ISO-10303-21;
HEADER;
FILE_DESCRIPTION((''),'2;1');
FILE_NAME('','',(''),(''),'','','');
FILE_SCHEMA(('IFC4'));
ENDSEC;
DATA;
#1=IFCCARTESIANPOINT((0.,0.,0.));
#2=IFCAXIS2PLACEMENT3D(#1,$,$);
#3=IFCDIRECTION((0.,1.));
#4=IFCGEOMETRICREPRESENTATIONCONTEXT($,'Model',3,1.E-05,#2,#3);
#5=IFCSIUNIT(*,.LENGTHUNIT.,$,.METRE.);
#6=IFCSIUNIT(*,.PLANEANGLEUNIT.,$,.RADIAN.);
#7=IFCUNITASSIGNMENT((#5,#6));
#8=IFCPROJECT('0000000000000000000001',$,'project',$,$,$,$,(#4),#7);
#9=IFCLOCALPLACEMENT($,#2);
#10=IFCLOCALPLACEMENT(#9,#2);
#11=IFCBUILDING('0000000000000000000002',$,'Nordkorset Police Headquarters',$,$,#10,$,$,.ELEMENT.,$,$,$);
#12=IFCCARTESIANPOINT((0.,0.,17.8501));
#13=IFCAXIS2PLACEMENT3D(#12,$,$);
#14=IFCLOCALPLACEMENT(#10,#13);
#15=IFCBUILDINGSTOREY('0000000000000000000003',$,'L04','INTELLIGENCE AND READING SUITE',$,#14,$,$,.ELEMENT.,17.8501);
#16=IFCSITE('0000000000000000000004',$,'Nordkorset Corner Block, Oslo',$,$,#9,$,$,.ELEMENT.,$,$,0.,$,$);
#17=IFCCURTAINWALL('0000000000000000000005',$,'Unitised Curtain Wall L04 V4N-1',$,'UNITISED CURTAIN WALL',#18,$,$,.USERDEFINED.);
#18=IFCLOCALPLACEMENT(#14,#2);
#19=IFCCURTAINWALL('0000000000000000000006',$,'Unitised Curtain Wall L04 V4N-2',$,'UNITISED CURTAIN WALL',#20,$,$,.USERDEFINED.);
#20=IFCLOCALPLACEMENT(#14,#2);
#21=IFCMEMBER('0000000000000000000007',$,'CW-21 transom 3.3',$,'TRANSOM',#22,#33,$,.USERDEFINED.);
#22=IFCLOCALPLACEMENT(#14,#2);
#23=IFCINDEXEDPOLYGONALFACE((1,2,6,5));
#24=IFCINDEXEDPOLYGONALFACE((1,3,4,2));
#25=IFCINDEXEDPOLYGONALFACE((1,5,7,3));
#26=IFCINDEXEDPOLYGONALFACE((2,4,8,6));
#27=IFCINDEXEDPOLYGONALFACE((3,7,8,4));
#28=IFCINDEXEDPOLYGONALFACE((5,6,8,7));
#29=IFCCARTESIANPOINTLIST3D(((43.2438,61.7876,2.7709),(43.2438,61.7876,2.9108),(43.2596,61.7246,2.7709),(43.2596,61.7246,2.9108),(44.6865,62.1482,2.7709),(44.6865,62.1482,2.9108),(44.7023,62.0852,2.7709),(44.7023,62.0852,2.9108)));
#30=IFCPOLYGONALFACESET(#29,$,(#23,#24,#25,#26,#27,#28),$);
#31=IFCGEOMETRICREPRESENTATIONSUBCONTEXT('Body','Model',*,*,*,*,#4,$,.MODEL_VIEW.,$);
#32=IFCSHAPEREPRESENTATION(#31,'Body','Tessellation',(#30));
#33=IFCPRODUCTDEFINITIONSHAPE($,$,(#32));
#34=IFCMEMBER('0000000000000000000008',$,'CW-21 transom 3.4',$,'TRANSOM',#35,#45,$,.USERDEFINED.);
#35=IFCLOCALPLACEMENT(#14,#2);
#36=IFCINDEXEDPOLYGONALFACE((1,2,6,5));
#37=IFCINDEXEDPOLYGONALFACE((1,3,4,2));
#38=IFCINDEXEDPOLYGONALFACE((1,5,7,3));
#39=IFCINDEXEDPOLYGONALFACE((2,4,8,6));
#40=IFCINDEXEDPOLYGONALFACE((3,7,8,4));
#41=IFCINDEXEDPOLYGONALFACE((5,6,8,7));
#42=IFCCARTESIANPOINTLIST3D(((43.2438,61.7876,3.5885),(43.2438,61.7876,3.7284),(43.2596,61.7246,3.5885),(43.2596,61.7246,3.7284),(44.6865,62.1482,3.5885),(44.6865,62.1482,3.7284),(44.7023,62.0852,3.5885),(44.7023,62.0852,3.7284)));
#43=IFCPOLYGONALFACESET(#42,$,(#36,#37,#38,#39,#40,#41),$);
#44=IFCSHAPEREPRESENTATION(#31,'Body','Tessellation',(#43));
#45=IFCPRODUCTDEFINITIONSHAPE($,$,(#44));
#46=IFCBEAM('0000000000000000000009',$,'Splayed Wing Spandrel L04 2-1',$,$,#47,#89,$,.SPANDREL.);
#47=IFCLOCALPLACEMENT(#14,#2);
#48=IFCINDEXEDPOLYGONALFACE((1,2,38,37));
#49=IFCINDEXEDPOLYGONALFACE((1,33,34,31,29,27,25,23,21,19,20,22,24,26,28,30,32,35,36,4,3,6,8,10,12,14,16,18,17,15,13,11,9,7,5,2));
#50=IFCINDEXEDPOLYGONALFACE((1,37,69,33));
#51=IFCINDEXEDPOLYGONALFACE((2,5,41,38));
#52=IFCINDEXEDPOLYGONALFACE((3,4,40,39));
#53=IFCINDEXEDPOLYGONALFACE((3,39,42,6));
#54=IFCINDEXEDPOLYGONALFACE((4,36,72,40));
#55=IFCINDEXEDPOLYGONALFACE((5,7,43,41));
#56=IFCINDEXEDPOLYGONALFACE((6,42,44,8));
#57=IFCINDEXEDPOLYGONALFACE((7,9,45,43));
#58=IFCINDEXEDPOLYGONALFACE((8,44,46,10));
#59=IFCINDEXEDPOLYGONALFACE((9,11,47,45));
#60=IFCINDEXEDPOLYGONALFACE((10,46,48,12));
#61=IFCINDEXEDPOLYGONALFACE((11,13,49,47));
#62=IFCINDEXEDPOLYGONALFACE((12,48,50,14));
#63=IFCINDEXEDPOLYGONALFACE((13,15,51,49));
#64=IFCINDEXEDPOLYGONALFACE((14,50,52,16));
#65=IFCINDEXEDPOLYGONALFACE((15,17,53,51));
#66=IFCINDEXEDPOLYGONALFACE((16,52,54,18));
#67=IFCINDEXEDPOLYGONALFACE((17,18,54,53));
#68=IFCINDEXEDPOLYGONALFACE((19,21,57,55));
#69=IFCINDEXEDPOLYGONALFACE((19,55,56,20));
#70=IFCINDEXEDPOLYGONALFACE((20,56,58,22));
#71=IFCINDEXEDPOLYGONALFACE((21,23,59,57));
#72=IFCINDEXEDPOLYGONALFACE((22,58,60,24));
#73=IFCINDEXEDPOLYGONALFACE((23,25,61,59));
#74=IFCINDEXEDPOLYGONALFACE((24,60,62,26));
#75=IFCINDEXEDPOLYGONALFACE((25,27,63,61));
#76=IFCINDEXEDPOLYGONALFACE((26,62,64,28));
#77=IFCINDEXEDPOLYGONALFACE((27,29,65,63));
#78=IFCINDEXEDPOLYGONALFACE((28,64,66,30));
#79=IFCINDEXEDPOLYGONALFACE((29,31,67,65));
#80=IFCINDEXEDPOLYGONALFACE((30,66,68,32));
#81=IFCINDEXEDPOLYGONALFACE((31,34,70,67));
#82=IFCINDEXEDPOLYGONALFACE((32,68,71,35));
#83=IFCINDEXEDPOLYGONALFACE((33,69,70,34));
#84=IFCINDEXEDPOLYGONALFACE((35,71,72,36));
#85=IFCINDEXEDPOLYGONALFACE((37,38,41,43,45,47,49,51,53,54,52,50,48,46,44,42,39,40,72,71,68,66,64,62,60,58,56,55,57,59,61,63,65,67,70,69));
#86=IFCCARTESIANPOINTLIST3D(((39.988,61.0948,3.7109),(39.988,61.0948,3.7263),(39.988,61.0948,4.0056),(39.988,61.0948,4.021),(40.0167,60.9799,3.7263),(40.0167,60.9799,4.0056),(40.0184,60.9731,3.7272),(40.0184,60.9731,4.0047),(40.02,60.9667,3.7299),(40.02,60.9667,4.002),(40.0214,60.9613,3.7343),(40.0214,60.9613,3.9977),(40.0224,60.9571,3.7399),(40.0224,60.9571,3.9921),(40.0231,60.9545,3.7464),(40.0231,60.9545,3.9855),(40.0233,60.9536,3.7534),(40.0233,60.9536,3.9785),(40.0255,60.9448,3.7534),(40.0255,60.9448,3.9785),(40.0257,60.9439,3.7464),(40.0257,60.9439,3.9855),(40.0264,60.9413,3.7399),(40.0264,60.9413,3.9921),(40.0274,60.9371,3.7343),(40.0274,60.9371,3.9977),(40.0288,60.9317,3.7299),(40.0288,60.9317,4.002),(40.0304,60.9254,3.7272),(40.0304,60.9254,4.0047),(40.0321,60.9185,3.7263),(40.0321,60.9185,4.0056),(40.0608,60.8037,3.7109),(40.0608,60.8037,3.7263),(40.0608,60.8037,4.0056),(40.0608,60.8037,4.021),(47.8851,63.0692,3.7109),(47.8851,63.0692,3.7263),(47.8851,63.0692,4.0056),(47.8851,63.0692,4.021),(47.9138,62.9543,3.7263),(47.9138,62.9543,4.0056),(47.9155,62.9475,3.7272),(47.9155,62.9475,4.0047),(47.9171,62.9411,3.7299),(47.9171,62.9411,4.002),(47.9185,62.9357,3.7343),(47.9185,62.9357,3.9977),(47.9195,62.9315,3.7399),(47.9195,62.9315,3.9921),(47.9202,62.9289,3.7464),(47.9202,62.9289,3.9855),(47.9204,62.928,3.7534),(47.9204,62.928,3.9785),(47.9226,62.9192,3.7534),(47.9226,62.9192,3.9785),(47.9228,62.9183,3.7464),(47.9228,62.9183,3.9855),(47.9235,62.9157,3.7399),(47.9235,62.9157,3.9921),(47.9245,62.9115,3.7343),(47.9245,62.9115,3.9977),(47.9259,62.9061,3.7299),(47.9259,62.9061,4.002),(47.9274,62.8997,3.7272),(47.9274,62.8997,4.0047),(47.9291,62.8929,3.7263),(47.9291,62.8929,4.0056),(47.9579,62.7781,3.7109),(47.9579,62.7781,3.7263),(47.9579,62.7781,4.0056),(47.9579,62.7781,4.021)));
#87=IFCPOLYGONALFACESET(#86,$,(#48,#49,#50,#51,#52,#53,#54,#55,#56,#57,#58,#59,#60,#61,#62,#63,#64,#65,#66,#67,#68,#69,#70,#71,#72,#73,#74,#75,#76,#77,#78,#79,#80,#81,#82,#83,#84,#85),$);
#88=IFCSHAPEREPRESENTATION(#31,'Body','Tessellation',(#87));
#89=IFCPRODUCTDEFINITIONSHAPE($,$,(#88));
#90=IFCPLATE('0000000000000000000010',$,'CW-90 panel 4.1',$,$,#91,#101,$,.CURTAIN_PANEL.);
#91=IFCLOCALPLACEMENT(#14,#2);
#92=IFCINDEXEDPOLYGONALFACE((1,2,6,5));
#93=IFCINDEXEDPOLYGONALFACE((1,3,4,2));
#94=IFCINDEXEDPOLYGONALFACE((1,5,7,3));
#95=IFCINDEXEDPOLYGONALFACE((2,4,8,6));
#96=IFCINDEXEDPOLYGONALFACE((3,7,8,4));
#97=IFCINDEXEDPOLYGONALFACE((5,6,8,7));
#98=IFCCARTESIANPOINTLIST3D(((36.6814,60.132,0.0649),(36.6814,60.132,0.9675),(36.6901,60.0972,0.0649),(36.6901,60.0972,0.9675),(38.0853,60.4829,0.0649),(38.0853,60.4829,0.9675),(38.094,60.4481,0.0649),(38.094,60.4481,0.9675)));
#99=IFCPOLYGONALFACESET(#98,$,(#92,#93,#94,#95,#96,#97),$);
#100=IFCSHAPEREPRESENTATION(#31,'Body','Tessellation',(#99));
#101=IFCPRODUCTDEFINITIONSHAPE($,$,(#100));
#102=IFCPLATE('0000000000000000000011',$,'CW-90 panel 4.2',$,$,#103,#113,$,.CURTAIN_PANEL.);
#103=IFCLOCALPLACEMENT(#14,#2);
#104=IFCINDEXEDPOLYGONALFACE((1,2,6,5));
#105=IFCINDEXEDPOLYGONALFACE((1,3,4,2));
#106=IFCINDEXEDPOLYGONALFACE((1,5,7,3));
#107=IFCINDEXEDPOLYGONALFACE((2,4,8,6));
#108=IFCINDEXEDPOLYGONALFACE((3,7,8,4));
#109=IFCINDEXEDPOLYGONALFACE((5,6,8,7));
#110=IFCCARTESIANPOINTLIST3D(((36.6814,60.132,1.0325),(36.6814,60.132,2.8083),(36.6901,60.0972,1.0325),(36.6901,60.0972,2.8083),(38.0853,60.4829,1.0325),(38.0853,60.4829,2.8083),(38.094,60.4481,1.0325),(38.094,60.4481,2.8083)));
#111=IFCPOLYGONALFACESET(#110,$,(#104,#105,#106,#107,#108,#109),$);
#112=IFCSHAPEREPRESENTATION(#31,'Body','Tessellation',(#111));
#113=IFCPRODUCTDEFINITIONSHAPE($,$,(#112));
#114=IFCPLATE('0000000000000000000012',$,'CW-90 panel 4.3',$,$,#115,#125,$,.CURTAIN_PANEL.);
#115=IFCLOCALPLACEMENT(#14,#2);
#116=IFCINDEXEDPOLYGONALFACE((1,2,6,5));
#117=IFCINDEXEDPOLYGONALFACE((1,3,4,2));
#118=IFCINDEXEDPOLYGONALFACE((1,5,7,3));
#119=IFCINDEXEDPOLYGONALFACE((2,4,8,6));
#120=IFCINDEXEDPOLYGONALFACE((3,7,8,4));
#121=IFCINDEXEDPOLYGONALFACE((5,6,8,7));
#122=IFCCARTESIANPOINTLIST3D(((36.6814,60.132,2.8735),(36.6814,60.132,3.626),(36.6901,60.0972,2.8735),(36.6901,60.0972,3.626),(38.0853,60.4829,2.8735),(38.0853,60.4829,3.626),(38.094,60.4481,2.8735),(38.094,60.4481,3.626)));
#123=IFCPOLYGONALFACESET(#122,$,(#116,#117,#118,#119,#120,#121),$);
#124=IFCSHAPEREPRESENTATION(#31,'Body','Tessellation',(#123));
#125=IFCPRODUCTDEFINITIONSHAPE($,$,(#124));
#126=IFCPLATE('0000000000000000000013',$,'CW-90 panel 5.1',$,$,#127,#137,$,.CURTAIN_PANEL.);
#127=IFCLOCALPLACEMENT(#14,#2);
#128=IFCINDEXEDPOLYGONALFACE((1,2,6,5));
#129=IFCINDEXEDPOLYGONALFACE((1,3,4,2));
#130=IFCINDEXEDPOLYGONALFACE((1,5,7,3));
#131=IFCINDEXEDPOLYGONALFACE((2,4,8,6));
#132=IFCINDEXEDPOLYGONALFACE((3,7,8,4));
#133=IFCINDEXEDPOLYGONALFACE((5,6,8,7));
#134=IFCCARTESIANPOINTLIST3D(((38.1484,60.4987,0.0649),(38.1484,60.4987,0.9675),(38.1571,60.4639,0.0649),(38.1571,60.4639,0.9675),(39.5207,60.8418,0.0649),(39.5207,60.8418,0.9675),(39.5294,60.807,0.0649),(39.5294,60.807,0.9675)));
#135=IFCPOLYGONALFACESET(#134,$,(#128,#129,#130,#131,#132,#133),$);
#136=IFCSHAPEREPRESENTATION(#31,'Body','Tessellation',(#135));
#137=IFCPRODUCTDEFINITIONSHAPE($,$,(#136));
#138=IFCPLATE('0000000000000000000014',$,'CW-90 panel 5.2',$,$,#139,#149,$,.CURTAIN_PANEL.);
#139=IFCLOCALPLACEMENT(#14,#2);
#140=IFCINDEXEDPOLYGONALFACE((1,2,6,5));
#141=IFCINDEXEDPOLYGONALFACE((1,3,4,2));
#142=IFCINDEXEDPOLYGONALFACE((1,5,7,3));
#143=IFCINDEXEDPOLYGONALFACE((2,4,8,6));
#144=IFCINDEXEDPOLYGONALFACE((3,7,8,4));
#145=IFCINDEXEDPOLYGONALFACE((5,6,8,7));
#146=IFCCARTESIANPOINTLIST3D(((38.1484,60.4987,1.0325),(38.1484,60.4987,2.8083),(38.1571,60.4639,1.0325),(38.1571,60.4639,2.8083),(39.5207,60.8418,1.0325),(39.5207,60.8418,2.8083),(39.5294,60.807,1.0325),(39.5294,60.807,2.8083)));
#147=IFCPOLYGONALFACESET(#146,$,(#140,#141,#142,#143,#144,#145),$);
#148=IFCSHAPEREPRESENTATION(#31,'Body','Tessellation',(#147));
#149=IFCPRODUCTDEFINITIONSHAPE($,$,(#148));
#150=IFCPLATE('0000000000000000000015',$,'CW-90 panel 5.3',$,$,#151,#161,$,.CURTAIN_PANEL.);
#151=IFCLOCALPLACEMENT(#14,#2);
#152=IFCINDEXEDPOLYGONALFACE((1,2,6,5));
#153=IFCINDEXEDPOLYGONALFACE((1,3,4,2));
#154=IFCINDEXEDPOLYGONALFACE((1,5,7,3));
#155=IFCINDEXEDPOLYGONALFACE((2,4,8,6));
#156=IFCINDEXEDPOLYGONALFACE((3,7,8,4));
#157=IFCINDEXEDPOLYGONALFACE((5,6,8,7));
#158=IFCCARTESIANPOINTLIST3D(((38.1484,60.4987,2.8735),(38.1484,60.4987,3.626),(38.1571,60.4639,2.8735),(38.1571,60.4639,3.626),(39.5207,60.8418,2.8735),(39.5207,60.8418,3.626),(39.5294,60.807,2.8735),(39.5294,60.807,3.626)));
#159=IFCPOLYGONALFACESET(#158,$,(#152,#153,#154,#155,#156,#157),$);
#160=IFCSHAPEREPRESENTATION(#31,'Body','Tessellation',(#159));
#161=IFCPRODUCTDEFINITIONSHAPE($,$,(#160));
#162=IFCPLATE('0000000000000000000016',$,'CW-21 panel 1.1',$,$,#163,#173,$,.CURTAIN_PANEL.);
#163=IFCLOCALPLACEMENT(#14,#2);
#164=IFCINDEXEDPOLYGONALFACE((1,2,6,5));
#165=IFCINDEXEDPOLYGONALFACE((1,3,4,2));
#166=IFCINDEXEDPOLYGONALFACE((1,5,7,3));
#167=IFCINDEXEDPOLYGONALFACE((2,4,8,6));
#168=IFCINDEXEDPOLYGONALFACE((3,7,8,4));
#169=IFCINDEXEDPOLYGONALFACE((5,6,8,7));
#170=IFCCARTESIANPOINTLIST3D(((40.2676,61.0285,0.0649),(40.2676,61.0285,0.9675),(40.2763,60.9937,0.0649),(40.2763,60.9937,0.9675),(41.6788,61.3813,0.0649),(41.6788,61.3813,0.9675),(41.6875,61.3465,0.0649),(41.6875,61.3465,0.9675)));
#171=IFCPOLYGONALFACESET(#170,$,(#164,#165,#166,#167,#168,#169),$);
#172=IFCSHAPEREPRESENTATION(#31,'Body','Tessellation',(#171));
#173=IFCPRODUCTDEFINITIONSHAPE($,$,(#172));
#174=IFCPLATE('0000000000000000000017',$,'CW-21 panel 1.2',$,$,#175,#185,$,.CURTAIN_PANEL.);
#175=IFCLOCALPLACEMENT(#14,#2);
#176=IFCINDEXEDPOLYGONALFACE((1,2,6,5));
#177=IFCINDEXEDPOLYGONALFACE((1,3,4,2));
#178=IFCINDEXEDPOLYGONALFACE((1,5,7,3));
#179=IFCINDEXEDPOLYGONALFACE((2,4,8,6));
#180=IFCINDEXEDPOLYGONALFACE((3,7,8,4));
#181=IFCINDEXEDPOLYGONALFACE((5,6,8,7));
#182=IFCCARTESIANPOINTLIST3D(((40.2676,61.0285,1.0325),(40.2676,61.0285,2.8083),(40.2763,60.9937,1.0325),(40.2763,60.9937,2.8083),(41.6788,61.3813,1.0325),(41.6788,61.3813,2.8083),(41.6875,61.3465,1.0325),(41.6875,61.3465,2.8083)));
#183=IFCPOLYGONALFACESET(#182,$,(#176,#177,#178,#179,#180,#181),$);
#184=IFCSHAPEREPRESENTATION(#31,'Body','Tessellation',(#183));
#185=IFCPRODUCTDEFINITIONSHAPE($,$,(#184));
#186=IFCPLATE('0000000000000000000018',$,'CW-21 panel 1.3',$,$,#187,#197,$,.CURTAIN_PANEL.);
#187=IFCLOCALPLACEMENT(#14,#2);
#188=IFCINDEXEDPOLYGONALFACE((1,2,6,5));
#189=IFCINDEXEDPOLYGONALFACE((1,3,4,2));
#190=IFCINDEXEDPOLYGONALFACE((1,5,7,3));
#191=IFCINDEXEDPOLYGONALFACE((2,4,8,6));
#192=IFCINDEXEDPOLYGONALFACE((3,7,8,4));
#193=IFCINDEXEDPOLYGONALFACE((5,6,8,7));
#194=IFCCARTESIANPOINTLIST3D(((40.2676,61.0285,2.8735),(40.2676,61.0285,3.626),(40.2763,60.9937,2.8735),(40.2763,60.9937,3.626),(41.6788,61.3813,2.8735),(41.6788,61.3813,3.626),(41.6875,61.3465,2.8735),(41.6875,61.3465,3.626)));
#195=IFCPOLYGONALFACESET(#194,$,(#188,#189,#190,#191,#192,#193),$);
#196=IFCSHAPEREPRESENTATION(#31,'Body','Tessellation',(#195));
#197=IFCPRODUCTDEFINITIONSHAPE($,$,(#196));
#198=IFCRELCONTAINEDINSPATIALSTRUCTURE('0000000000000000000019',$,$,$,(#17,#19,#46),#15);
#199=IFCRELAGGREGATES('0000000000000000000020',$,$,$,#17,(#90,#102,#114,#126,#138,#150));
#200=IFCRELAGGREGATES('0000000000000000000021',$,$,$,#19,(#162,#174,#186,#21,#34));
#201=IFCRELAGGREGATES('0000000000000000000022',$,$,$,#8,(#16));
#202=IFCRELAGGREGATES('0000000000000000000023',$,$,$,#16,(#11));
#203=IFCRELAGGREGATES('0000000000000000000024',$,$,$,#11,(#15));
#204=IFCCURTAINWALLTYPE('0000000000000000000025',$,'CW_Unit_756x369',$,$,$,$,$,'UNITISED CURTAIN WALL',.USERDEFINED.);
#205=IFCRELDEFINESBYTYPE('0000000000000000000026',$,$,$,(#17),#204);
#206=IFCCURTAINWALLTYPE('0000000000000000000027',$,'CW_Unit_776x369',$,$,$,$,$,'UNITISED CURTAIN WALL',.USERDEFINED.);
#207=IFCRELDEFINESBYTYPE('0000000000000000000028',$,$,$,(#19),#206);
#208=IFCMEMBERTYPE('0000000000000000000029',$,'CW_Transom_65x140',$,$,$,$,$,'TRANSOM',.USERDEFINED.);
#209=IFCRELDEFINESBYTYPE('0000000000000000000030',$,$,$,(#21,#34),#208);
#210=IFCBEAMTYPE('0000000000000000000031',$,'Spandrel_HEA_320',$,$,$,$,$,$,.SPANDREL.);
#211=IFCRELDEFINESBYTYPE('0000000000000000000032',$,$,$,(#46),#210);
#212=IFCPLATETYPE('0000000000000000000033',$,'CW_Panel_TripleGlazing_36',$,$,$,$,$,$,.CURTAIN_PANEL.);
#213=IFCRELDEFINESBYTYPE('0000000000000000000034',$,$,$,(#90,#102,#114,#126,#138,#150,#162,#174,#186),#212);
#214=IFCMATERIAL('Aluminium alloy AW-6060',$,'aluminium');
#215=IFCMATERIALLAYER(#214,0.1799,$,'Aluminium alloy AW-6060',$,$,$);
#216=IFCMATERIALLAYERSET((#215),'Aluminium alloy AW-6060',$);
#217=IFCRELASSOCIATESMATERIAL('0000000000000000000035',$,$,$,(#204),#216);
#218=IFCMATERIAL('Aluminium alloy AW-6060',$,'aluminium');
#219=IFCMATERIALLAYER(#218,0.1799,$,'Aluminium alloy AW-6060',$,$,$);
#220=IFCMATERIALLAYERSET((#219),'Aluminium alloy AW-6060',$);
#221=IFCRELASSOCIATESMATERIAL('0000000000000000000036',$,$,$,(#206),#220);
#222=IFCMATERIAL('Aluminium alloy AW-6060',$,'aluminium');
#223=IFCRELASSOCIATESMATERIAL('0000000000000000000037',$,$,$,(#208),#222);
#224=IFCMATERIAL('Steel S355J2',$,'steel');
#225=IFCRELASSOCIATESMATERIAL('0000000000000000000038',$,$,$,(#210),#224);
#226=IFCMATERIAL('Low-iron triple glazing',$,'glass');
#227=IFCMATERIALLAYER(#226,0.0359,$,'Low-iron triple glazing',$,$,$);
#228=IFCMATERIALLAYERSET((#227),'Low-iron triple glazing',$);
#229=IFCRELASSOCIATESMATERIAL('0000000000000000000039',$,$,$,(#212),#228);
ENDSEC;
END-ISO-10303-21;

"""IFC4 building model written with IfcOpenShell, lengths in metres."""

from ifc_helpers import new_model, si_unit, direction, frame, origin, origin_2d, place, context, subcontext, project, spatial, rectangle, i_section, extrude, material, layer, layer_set, material_profile, profile_set, type_object, element, aggregate, save


model = new_model("IFC4")

# Units and contexts
model_context = context("Model", 3, precision=1e-05, world=origin(), true_north=direction((0.0, 1.0)))
body_context = subcontext(model_context, "Body", "Model", "MODEL_VIEW")
ifc_project = project(units=[si_unit("LENGTHUNIT", "METRE"), si_unit("PLANEANGLEUNIT", "RADIAN")], contexts=[model_context])

# Site, building, storey
site_placement = place(None, origin())
site = spatial("IfcSite", under=ifc_project, at=site_placement, Name="Nordkorset Corner Block, Oslo", CompositionType="ELEMENT", RefElevation=0.0)
building_placement = place(site_placement, origin())
building = spatial("IfcBuilding", under=site, at=building_placement, Name="Nordkorset Police Headquarters", CompositionType="ELEMENT")
storey_placement = place(building_placement, frame((0.0, 0.0, 17.8501)))
storey = spatial("IfcBuildingStorey", under=building, at=storey_placement, Name="L04", Description="INTELLIGENCE AND READING SUITE", CompositionType="ELEMENT", Elevation=17.8501)

# Curtain walls
ifc_material_1 = material(Name="Aluminium alloy AW-6060", Category="aluminium")
ifc_layer_1 = layer(ifc_material_1, 0.1799, Name="Aluminium alloy AW-6060")
ifc_layer_set_1 = layer_set([ifc_layer_1], Name="Aluminium alloy AW-6060")
curtain_wall_type_1 = type_object("IfcCurtainWallType", Name="CW_Unit_756x369", ElementType="UNITISED CURTAIN WALL", PredefinedType="USERDEFINED", material=ifc_layer_set_1)
curtain_wall_1_placement = place(storey_placement, origin())
curtain_wall_1 = element("IfcCurtainWall", 1, at=curtain_wall_1_placement, inside=storey, type_object=curtain_wall_type_1, Name="Unitised Curtain Wall L04 V4N-1", ObjectType="UNITISED CURTAIN WALL", PredefinedType="USERDEFINED")
ifc_material_2 = material(Name="Aluminium alloy AW-6060", Category="aluminium")
ifc_layer_2 = layer(ifc_material_2, 0.1799, Name="Aluminium alloy AW-6060")
ifc_layer_set_2 = layer_set([ifc_layer_2], Name="Aluminium alloy AW-6060")
curtain_wall_type_2 = type_object("IfcCurtainWallType", Name="CW_Unit_776x369", ElementType="UNITISED CURTAIN WALL", PredefinedType="USERDEFINED", material=ifc_layer_set_2)
curtain_wall_2_placement = place(storey_placement, origin())
curtain_wall_2 = element("IfcCurtainWall", 2, at=curtain_wall_2_placement, inside=storey, type_object=curtain_wall_type_2, Name="Unitised Curtain Wall L04 V4N-2", ObjectType="UNITISED CURTAIN WALL", PredefinedType="USERDEFINED")

# Members
ifc_material_3 = material(Name="Aluminium alloy AW-6060", Category="aluminium")
ifc_material_profile_1 = material_profile(ifc_material_3, rectangle(XDim=0.0649, YDim=0.1399, at=origin_2d()), Name="ALU TRAN 65x140")
ifc_profile_set_1 = profile_set([ifc_material_profile_1], Name="Aluminium alloy AW-6060")
member_type_1 = type_object("IfcMemberType", Name="CW_Transom_65x140", ElementType="TRANSOM", PredefinedType="USERDEFINED", material=ifc_profile_set_1)
member_1_placement = place(storey_placement, frame((43.2517, 61.7561, 2.8408), z_axis=(0.970152, 0.242497, 0.0), x_axis=(-0.242497, 0.970152, 0.0)))
member_1 = element("IfcMember", 3, at=member_1_placement, type_object=member_type_1, Name="CW-21 transom 3.3", ObjectType="TRANSOM", PredefinedType="USERDEFINED", context=body_context, shape_type="SweptSolid", body=[
    extrude(rectangle(XDim=0.0649, YDim=0.1399, at=origin_2d()), origin(), (0.0, 0.0, 1.0), 1.4871),
])
member_2_placement = place(storey_placement, frame((43.2517, 61.7561, 3.6584), z_axis=(0.970152, 0.242497, 0.0), x_axis=(-0.242497, 0.970152, 0.0)))
member_2 = element("IfcMember", 4, at=member_2_placement, type_object=member_type_1, Name="CW-21 transom 3.4", ObjectType="TRANSOM", PredefinedType="USERDEFINED", context=body_context, shape_type="SweptSolid", body=[
    extrude(rectangle(XDim=0.0649, YDim=0.1399, at=origin_2d()), origin(), (0.0, 0.0, 1.0), 1.4871),
])

# Beam
ifc_material_4 = material(Name="Steel S355J2", Category="steel")
ifc_material_profile_2 = material_profile(ifc_material_4, i_section(OverallWidth=0.3, OverallDepth=0.3101, WebThickness=0.009, FlangeThickness=0.0154, FilletRadius=0.0271, at=origin_2d()), Name="HEA 320")
ifc_profile_set_2 = profile_set([ifc_material_profile_2], Name="Steel S355J2")
beam_type = type_object("IfcBeamType", Name="Spandrel_HEA_320", PredefinedType="SPANDREL", material=ifc_profile_set_2)
beam_placement = place(storey_placement, frame((40.0244, 60.9492, 3.866), z_axis=(0.970139, 0.24255, 0.0), x_axis=(-0.24255, 0.970139, 0.0)))
element("IfcBeam", 5, at=beam_placement, inside=storey, type_object=beam_type, Name="Splayed Wing Spandrel L04 2-1", PredefinedType="SPANDREL", context=body_context, shape_type="SweptSolid", body=[
    extrude(i_section(OverallWidth=0.3, OverallDepth=0.3101, WebThickness=0.009, FlangeThickness=0.0154, FilletRadius=0.0271, at=origin_2d()), origin(), (0.0, 0.0, 1.0), 8.1401),
])

# Plates
ifc_material_5 = material(Name="Low-iron triple glazing", Category="glass")
ifc_layer_3 = layer(ifc_material_5, 0.0359, Name="Low-iron triple glazing")
ifc_layer_set_3 = layer_set([ifc_layer_3], Name="Low-iron triple glazing")
plate_type = type_object("IfcPlateType", Name="CW_Panel_TripleGlazing_36", PredefinedType="CURTAIN_PANEL", material=ifc_layer_set_3)
plate_1_placement = place(storey_placement, frame((37.3877, 60.29, 0.0649), z_axis=(0.0, 0.0, 1.0), x_axis=(0.970143, 0.242536, 0.0)))
plate_1 = element("IfcPlate", 6, at=plate_1_placement, type_object=plate_type, Name="CW-90 panel 4.1", PredefinedType="CURTAIN_PANEL", context=body_context, shape_type="SweptSolid", body=[
    extrude(rectangle(XDim=1.447, YDim=0.0359, at=origin_2d()), origin(), (0.0, 0.0, 1.0), 0.9026),
])
plate_2_placement = place(storey_placement, frame((37.3877, 60.29, 1.0325), z_axis=(0.0, 0.0, 1.0), x_axis=(0.970143, 0.242536, 0.0)))
plate_2 = element("IfcPlate", 7, at=plate_2_placement, type_object=plate_type, Name="CW-90 panel 4.2", PredefinedType="CURTAIN_PANEL", context=body_context, shape_type="SweptSolid", body=[
    extrude(rectangle(XDim=1.447, YDim=0.0359, at=origin_2d()), origin(), (0.0, 0.0, 1.0), 1.7759),
])
plate_3_placement = place(storey_placement, frame((37.3877, 60.29, 2.8735), z_axis=(0.0, 0.0, 1.0), x_axis=(0.970143, 0.242536, 0.0)))
plate_3 = element("IfcPlate", 8, at=plate_3_placement, type_object=plate_type, Name="CW-90 panel 4.3", PredefinedType="CURTAIN_PANEL", context=body_context, shape_type="SweptSolid", body=[
    extrude(rectangle(XDim=1.447, YDim=0.0359, at=origin_2d()), origin(), (0.0, 0.0, 1.0), 0.7524),
])
plate_4_placement = place(storey_placement, frame((38.8389, 60.6528, 0.0649), z_axis=(0.0, 0.0, 1.0), x_axis=(0.970143, 0.242536, 0.0)))
plate_4 = element("IfcPlate", 9, at=plate_4_placement, type_object=plate_type, Name="CW-90 panel 5.1", PredefinedType="CURTAIN_PANEL", context=body_context, shape_type="SweptSolid", body=[
    extrude(rectangle(XDim=1.4146, YDim=0.0359, at=origin_2d()), origin(), (0.0, 0.0, 1.0), 0.9026),
])
plate_5_placement = place(storey_placement, frame((38.8389, 60.6528, 1.0325), z_axis=(0.0, 0.0, 1.0), x_axis=(0.970143, 0.242536, 0.0)))
plate_5 = element("IfcPlate", 10, at=plate_5_placement, type_object=plate_type, Name="CW-90 panel 5.2", PredefinedType="CURTAIN_PANEL", context=body_context, shape_type="SweptSolid", body=[
    extrude(rectangle(XDim=1.4146, YDim=0.0359, at=origin_2d()), origin(), (0.0, 0.0, 1.0), 1.7759),
])
plate_6_placement = place(storey_placement, frame((38.8389, 60.6528, 2.8735), z_axis=(0.0, 0.0, 1.0), x_axis=(0.970143, 0.242536, 0.0)))
plate_6 = element("IfcPlate", 11, at=plate_6_placement, type_object=plate_type, Name="CW-90 panel 5.3", PredefinedType="CURTAIN_PANEL", context=body_context, shape_type="SweptSolid", body=[
    extrude(rectangle(XDim=1.4146, YDim=0.0359, at=origin_2d()), origin(), (0.0, 0.0, 1.0), 0.7524),
])
aggregate(curtain_wall_1, [plate_1, plate_2, plate_3, plate_4, plate_5, plate_6])
plate_7_placement = place(storey_placement, frame((40.9775, 61.1875, 0.0649), z_axis=(0.0, 0.0, 1.0), x_axis=(0.970142, 0.242536, 0.0)))
plate_7 = element("IfcPlate", 12, at=plate_7_placement, type_object=plate_type, Name="CW-21 panel 1.1", PredefinedType="CURTAIN_PANEL", context=body_context, shape_type="SweptSolid", body=[
    extrude(rectangle(XDim=1.4546, YDim=0.0359, at=origin_2d()), origin(), (0.0, 0.0, 1.0), 0.9026),
])
plate_8_placement = place(storey_placement, frame((40.9775, 61.1875, 1.0325), z_axis=(0.0, 0.0, 1.0), x_axis=(0.970142, 0.242536, 0.0)))
plate_8 = element("IfcPlate", 13, at=plate_8_placement, type_object=plate_type, Name="CW-21 panel 1.2", PredefinedType="CURTAIN_PANEL", context=body_context, shape_type="SweptSolid", body=[
    extrude(rectangle(XDim=1.4546, YDim=0.0359, at=origin_2d()), origin(), (0.0, 0.0, 1.0), 1.7759),
])
plate_9_placement = place(storey_placement, frame((40.9775, 61.1875, 2.8735), z_axis=(0.0, 0.0, 1.0), x_axis=(0.970142, 0.242536, 0.0)))
plate_9 = element("IfcPlate", 14, at=plate_9_placement, type_object=plate_type, Name="CW-21 panel 1.3", PredefinedType="CURTAIN_PANEL", context=body_context, shape_type="SweptSolid", body=[
    extrude(rectangle(XDim=1.4546, YDim=0.0359, at=origin_2d()), origin(), (0.0, 0.0, 1.0), 0.7524),
])
aggregate(curtain_wall_2, [plate_7, plate_8, plate_9, member_1, member_2])

save(model, "model.ifc")
